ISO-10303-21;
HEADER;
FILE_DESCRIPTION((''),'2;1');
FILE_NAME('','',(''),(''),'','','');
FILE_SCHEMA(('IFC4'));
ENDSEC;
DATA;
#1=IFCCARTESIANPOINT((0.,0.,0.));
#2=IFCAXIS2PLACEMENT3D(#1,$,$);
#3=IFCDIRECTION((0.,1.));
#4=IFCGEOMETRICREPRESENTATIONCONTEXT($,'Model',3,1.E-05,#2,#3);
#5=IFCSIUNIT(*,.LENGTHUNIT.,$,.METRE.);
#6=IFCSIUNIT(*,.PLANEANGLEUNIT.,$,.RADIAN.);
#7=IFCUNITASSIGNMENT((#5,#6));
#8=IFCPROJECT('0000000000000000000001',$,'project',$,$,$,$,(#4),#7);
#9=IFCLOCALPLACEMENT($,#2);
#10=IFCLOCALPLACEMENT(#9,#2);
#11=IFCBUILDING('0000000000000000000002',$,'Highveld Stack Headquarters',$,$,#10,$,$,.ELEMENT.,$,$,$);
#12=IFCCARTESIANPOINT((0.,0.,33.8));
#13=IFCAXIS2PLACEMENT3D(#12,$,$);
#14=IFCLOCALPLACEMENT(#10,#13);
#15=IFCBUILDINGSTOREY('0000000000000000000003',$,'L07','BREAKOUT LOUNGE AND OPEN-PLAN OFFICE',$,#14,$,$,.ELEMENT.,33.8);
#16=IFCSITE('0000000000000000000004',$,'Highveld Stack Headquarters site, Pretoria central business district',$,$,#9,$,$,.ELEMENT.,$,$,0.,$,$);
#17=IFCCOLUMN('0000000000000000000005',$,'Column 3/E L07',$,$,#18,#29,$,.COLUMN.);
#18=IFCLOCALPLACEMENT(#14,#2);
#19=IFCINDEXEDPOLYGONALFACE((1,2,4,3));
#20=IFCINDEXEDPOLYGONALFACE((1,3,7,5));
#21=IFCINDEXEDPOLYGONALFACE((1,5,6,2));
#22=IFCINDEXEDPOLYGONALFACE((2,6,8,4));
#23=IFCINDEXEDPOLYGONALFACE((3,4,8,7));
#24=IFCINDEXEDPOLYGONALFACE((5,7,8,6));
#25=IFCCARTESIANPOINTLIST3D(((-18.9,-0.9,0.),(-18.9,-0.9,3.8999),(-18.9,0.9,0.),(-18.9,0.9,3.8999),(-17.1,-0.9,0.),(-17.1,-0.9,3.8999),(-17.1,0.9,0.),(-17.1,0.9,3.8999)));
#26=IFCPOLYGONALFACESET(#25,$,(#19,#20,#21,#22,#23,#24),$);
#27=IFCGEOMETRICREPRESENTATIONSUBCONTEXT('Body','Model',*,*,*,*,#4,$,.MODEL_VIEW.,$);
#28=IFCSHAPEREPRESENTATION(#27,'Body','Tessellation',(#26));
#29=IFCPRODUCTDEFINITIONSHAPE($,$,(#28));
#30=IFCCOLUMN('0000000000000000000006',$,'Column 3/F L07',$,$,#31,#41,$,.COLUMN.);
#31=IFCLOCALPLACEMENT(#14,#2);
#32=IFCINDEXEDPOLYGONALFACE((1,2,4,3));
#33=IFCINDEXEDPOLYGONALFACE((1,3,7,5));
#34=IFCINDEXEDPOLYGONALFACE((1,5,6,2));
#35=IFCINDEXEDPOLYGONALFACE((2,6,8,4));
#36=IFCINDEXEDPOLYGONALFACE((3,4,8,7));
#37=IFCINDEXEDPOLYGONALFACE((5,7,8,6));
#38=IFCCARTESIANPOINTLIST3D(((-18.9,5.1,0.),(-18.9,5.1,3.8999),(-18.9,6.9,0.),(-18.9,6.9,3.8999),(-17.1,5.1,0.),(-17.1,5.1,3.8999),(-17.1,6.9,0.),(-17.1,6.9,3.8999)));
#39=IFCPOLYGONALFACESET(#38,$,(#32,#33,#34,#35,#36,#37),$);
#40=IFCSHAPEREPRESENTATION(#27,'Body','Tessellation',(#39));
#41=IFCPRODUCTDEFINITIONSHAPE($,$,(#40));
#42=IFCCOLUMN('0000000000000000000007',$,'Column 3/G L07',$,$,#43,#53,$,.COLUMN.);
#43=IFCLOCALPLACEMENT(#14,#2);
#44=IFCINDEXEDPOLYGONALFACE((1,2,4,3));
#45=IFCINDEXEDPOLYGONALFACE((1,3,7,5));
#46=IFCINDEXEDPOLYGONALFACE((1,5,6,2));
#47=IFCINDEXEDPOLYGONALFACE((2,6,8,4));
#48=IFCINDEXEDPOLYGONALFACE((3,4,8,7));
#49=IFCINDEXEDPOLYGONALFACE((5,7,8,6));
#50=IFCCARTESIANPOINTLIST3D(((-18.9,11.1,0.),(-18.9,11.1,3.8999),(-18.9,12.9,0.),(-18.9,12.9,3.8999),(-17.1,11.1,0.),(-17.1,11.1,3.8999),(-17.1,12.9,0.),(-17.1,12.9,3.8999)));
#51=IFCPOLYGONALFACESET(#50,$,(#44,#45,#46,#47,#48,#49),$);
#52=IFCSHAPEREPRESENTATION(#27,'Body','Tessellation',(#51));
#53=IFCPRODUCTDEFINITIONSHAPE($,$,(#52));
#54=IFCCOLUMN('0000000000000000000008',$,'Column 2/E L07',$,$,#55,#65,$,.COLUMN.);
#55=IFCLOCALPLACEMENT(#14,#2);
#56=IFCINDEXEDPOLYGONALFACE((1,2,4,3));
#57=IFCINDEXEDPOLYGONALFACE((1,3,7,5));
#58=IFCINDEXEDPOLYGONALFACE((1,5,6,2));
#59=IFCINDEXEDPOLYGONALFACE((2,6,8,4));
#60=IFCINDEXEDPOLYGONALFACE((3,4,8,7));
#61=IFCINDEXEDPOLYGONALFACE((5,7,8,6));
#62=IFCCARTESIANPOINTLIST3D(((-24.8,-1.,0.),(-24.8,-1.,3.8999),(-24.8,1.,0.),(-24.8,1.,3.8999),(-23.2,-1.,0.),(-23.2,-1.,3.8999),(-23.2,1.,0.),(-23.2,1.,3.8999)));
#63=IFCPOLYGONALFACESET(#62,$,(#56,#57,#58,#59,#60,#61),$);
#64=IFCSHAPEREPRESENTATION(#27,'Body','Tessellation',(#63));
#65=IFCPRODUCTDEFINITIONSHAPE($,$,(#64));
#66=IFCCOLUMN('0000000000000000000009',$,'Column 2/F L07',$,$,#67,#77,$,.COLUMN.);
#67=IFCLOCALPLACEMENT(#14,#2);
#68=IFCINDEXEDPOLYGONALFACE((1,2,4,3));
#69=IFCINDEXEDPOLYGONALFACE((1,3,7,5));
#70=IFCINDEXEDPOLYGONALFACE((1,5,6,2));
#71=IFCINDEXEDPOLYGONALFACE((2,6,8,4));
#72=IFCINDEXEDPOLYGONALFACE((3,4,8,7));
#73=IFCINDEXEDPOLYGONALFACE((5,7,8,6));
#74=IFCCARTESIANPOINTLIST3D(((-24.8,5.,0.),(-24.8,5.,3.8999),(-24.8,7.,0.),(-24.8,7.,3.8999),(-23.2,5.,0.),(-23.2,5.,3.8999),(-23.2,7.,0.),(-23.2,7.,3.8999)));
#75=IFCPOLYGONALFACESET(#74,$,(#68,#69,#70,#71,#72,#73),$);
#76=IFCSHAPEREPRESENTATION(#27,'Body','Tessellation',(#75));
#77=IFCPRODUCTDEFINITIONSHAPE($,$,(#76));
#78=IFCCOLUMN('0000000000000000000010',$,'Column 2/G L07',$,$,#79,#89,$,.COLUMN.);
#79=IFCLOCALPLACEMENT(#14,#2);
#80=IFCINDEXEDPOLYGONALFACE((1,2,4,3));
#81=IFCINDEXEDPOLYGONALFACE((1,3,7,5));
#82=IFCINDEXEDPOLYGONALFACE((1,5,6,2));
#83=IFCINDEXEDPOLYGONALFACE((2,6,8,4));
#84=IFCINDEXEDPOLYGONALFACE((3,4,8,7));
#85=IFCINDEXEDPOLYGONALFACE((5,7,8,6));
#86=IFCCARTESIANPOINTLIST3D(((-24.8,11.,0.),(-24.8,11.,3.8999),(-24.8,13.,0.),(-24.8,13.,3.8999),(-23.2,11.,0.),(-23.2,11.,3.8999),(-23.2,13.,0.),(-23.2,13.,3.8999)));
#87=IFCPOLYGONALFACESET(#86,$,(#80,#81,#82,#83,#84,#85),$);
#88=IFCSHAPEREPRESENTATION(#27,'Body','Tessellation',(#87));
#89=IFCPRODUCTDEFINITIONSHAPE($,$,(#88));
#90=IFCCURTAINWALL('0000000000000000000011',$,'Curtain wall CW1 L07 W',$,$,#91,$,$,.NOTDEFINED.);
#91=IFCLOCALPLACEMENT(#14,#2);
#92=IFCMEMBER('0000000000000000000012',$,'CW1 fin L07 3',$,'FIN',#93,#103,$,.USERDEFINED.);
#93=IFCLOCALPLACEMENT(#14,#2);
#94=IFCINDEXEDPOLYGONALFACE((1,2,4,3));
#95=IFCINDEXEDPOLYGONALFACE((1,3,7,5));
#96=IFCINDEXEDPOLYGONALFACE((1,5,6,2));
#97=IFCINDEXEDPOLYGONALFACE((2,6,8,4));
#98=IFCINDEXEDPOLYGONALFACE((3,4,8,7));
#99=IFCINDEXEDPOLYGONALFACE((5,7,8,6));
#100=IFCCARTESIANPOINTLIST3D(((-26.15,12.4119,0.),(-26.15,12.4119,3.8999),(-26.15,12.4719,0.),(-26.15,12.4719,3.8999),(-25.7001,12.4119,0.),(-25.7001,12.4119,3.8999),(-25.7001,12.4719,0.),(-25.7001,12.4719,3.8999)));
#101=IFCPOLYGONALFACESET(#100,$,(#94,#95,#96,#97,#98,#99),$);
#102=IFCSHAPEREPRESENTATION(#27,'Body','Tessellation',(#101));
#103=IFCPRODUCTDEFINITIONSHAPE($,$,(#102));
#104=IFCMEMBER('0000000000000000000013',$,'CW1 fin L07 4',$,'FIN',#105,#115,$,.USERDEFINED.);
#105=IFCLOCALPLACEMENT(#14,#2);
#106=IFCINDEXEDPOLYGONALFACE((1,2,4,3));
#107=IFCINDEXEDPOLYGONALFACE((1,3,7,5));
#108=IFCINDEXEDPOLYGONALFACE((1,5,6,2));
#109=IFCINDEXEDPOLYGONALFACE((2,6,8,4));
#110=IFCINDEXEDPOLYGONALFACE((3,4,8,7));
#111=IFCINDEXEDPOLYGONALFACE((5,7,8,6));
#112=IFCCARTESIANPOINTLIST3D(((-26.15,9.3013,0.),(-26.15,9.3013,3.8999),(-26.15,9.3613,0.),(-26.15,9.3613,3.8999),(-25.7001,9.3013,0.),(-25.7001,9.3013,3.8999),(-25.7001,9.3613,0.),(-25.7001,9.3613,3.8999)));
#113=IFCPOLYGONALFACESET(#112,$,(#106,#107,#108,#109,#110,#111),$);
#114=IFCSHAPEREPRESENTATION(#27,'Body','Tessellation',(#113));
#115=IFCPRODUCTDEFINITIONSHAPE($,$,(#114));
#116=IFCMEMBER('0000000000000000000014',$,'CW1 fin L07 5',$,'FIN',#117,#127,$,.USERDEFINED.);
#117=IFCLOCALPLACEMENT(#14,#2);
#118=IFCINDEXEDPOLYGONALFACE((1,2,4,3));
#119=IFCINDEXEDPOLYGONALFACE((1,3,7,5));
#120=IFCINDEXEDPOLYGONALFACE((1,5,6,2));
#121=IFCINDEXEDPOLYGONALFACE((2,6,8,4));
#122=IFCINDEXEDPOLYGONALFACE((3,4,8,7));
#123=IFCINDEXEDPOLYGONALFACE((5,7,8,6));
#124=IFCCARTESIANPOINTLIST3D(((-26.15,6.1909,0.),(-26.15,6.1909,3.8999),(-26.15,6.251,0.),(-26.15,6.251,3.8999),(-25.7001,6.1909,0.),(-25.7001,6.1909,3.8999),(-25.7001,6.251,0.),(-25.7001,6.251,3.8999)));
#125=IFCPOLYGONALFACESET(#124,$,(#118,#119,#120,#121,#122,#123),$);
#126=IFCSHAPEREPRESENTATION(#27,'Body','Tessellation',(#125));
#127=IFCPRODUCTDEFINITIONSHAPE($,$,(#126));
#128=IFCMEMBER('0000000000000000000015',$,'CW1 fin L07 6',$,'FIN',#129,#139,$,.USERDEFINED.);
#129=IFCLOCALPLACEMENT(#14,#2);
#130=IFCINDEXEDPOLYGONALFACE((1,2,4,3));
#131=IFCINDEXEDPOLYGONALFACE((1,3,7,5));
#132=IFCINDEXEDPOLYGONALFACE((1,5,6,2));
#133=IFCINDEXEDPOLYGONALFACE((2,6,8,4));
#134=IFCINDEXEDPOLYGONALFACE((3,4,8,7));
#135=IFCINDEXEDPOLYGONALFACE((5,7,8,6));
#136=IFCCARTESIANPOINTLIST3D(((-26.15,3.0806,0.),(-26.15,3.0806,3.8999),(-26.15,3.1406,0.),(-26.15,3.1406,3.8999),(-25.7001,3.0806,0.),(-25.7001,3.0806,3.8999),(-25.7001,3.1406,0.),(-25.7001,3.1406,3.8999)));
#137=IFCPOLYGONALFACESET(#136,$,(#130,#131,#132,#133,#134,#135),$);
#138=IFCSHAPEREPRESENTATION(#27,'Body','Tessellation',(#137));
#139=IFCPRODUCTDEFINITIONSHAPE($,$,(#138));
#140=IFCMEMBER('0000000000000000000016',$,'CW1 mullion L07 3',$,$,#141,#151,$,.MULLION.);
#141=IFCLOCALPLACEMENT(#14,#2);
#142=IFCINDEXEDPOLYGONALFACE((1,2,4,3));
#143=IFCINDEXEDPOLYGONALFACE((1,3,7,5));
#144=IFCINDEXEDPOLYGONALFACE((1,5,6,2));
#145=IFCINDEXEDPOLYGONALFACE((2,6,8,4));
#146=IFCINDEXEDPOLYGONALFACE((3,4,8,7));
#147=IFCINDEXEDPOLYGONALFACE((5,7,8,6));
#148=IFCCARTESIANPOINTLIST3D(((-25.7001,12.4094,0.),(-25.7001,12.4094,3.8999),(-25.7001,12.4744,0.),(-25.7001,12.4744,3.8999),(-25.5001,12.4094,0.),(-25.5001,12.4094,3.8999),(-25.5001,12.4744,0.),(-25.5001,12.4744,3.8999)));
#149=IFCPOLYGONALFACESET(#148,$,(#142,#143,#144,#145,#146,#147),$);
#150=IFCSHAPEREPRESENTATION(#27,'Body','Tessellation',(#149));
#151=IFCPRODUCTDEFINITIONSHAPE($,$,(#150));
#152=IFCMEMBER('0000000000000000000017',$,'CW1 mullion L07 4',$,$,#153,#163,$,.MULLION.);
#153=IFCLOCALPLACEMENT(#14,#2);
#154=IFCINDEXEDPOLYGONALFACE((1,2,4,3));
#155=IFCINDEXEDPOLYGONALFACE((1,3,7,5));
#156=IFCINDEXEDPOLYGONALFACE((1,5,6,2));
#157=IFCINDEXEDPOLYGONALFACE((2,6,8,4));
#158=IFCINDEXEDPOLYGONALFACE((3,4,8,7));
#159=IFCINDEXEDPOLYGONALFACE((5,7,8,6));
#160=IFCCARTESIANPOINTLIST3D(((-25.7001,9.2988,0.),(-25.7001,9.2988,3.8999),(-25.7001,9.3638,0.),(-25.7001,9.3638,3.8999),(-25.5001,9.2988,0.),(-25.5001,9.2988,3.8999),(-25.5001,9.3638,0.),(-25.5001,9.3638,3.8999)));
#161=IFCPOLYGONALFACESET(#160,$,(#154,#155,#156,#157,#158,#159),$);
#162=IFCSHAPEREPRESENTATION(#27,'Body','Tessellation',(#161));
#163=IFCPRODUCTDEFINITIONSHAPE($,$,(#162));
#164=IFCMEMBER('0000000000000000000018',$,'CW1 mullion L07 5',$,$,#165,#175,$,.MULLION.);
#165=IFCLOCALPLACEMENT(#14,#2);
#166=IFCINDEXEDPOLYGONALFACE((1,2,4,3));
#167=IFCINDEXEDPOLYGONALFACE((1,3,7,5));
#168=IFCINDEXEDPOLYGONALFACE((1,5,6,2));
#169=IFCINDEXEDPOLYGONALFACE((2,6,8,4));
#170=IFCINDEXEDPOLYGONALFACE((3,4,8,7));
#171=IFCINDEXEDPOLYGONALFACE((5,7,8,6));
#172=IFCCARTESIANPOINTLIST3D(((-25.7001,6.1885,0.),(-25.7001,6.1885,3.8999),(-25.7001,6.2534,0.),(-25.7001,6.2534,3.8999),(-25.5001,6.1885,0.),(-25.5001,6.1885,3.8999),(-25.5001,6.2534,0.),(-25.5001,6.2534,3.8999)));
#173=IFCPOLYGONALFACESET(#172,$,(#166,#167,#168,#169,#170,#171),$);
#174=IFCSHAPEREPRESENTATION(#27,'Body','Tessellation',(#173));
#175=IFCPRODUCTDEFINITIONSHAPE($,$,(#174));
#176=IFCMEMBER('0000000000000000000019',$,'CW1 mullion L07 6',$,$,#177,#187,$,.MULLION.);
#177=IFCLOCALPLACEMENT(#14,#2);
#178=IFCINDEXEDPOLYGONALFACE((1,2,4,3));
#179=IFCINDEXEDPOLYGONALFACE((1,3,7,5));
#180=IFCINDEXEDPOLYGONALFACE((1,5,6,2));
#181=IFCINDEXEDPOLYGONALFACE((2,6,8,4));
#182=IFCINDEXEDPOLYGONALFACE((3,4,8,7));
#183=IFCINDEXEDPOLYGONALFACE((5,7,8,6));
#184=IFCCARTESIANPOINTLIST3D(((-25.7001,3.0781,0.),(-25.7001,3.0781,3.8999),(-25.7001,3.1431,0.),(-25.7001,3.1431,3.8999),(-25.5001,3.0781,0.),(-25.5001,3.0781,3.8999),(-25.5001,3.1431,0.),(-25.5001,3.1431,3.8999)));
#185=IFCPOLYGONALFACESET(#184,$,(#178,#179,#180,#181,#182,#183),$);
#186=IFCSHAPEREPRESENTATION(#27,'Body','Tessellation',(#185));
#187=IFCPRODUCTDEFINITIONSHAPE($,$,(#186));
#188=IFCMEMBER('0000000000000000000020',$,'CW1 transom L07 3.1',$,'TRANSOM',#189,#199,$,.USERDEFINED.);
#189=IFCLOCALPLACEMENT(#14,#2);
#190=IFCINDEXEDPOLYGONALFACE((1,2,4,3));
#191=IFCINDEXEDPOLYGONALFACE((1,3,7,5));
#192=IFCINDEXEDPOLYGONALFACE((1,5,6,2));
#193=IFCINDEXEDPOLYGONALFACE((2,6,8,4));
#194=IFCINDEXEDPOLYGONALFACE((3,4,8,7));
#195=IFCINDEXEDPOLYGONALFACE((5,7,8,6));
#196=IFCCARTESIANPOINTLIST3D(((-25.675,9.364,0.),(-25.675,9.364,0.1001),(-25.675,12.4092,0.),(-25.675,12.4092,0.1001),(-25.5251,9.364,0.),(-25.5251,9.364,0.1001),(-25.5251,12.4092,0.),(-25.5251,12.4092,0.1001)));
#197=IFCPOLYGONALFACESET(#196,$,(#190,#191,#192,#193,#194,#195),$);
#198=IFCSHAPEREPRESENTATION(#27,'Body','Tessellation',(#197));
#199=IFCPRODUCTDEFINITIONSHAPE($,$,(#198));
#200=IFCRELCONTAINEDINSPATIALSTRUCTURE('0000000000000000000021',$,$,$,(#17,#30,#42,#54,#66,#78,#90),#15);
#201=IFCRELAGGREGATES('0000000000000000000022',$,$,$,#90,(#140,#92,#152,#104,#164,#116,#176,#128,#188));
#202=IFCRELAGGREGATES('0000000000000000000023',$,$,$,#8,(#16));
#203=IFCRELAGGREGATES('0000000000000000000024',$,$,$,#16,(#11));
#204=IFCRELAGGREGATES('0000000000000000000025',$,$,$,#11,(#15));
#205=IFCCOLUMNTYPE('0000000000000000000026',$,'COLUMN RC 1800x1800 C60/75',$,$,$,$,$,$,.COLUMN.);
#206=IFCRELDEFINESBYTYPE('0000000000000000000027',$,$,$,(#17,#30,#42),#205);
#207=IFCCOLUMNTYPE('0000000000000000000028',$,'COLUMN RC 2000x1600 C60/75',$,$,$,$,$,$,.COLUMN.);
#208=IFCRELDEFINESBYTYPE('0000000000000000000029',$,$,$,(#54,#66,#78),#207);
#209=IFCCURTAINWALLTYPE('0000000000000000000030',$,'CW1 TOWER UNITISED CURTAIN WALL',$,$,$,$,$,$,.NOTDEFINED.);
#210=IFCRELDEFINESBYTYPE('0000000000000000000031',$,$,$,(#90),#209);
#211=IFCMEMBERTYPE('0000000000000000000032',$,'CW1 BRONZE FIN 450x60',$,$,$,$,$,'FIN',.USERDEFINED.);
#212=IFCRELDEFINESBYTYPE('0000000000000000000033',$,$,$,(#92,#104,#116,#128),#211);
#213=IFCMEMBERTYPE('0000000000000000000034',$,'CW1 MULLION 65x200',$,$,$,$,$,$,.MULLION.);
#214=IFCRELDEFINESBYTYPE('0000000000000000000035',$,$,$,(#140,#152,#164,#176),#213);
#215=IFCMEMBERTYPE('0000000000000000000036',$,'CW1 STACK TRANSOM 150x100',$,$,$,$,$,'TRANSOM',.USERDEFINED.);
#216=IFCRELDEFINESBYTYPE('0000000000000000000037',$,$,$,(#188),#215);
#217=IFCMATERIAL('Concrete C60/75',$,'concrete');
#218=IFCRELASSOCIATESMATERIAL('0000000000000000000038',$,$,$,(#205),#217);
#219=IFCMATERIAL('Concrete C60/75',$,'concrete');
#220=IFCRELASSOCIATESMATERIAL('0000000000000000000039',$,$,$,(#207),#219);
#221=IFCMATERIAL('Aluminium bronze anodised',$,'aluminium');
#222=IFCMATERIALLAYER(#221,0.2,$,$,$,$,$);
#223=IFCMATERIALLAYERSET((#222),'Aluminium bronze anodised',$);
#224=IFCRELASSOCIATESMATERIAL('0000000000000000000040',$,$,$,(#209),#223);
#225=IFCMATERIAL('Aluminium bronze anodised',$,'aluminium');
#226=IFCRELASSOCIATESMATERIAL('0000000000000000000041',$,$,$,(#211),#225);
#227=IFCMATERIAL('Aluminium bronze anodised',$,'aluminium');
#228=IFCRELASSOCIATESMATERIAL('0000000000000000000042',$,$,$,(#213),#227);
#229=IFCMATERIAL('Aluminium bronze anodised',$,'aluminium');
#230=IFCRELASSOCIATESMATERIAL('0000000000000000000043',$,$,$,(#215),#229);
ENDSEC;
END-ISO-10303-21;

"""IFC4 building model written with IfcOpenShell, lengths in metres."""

from ifc_helpers import new_model, si_unit, direction, frame, origin, origin_2d, place, context, subcontext, project, spatial, rectangle, extrude, material, layer, layer_set, material_profile, profile_set, type_object, element, aggregate, save


model = new_model("IFC4")

# Units and contexts
model_context = context("Model", 3, precision=1e-05, world=origin(), true_north=direction((0.0, 1.0)))
body_context = subcontext(model_context, "Body", "Model", "MODEL_VIEW")
ifc_project = project(units=[si_unit("LENGTHUNIT", "METRE"), si_unit("PLANEANGLEUNIT", "RADIAN")], contexts=[model_context])

# Site, building, storey
site_placement = place(None, origin())
site = spatial("IfcSite", under=ifc_project, at=site_placement, Name="Highveld Stack Headquarters site, Pretoria central business district", CompositionType="ELEMENT", RefElevation=0.0)
building_placement = place(site_placement, origin())
building = spatial("IfcBuilding", under=site, at=building_placement, Name="Highveld Stack Headquarters", CompositionType="ELEMENT")
storey_placement = place(building_placement, frame((0.0, 0.0, 33.8)))
storey = spatial("IfcBuildingStorey", under=building, at=storey_placement, Name="L07", Description="BREAKOUT LOUNGE AND OPEN-PLAN OFFICE", CompositionType="ELEMENT", Elevation=33.8)

# Columns
ifc_material_1 = material(Name="Concrete C60/75", Category="concrete")
ifc_material_profile_1 = material_profile(ifc_material_1, rectangle(XDim=1.8, YDim=1.8, at=origin_2d()), Name="RC 1800x1800")
ifc_profile_set_1 = profile_set([ifc_material_profile_1], Name="Concrete C60/75")
column_type_1 = type_object("IfcColumnType", Name="COLUMN RC 1800x1800 C60/75", PredefinedType="COLUMN", material=ifc_profile_set_1)
for number, where, z_axis, x_axis, name in (
    (1, (-18.0, 0.0, 0.0), (0.0, 0.0, 1.0), (1.0, 0.0, 0.0), "Column 3/E L07"),
    (2, (-18.0, 6.0, 0.0), (0.0, 0.0, 1.0), (1.0, 0.0, 0.0), "Column 3/F L07"),
    (3, (-18.0, 12.0, 0.0), (0.0, 0.0, 1.0), (1.0, 0.0, 0.0), "Column 3/G L07"),
):
    element("IfcColumn", number, at=place(storey_placement, frame(where, z_axis=z_axis, x_axis=x_axis)), inside=storey, type_object=column_type_1, Name=name, PredefinedType="COLUMN", context=body_context, shape_type="SweptSolid", body=[
        extrude(rectangle(XDim=1.8, YDim=1.8, at=origin_2d()), origin(), (0.0, 0.0, 1.0), 3.8999),
    ])
ifc_material_2 = material(Name="Concrete C60/75", Category="concrete")
ifc_material_profile_2 = material_profile(ifc_material_2, rectangle(XDim=2.0, YDim=1.6001, at=origin_2d()), Name="RC 2000x1600")
ifc_profile_set_2 = profile_set([ifc_material_profile_2], Name="Concrete C60/75")
column_type_2 = type_object("IfcColumnType", Name="COLUMN RC 2000x1600 C60/75", PredefinedType="COLUMN", material=ifc_profile_set_2)
for number, where, z_axis, x_axis, name in (
    (4, (-24.0, 0.0, 0.0), (0.0, 0.0, 1.0), (0.0, 1.0, 0.0), "Column 2/E L07"),
    (5, (-24.0, 6.0, 0.0), (0.0, 0.0, 1.0), (0.0, 1.0, 0.0), "Column 2/F L07"),
    (6, (-24.0, 12.0, 0.0), (0.0, 0.0, 1.0), (0.0, 1.0, 0.0), "Column 2/G L07"),
):
    element("IfcColumn", number, at=place(storey_placement, frame(where, z_axis=z_axis, x_axis=x_axis)), inside=storey, type_object=column_type_2, Name=name, PredefinedType="COLUMN", context=body_context, shape_type="SweptSolid", body=[
        extrude(rectangle(XDim=2.0, YDim=1.6001, at=origin_2d()), origin(), (0.0, 0.0, 1.0), 3.8999),
    ])

# Curtain wall, members
ifc_material_3 = material(Name="Aluminium bronze anodised", Category="aluminium")
ifc_layer_1 = layer(ifc_material_3, 0.2)
ifc_layer_set_1 = layer_set([ifc_layer_1], Name="Aluminium bronze anodised")
curtain_wall_type = type_object("IfcCurtainWallType", Name="CW1 TOWER UNITISED CURTAIN WALL", PredefinedType="NOTDEFINED", material=ifc_layer_set_1)
curtain_wall_placement = place(storey_placement, origin())
curtain_wall = element("IfcCurtainWall", 7, at=curtain_wall_placement, inside=storey, type_object=curtain_wall_type, Name="Curtain wall CW1 L07 W", PredefinedType="NOTDEFINED")
ifc_material_4 = material(Name="Aluminium bronze anodised", Category="aluminium")
ifc_material_profile_3 = material_profile(ifc_material_4, rectangle(XDim=0.45, YDim=0.0601, at=origin_2d()), Name="FIN 450x60")
ifc_profile_set_3 = profile_set([ifc_material_profile_3], Name="Aluminium bronze anodised")
member_type_1 = type_object("IfcMemberType", Name="CW1 BRONZE FIN 450x60", ElementType="FIN", PredefinedType="USERDEFINED", material=ifc_profile_set_3)
member_1_placement = place(storey_placement, frame((-25.925, 12.4419, 0.0), z_axis=(0.0, 0.0, 1.0), x_axis=(1.0, 0.0, 0.0)))
member_1 = element("IfcMember", 8, at=member_1_placement, type_object=member_type_1, Name="CW1 fin L07 3", ObjectType="FIN", PredefinedType="USERDEFINED", context=body_context, shape_type="SweptSolid", body=[
    extrude(rectangle(XDim=0.45, YDim=0.0601, at=origin_2d()), origin(), (0.0, 0.0, 1.0), 3.8999),
])
member_2_placement = place(storey_placement, frame((-25.925, 9.3313, 0.0), z_axis=(0.0, 0.0, 1.0), x_axis=(1.0, 0.0, 0.0)))
member_2 = element("IfcMember", 9, at=member_2_placement, type_object=member_type_1, Name="CW1 fin L07 4", ObjectType="FIN", PredefinedType="USERDEFINED", context=body_context, shape_type="SweptSolid", body=[
    extrude(rectangle(XDim=0.45, YDim=0.0601, at=origin_2d()), origin(), (0.0, 0.0, 1.0), 3.8999),
])
member_3_placement = place(storey_placement, frame((-25.925, 6.2209, 0.0), z_axis=(0.0, 0.0, 1.0), x_axis=(1.0, 0.0, 0.0)))
member_3 = element("IfcMember", 10, at=member_3_placement, type_object=member_type_1, Name="CW1 fin L07 5", ObjectType="FIN", PredefinedType="USERDEFINED", context=body_context, shape_type="SweptSolid", body=[
    extrude(rectangle(XDim=0.45, YDim=0.0601, at=origin_2d()), origin(), (0.0, 0.0, 1.0), 3.8999),
])
member_4_placement = place(storey_placement, frame((-25.925, 3.1106, 0.0), z_axis=(0.0, 0.0, 1.0), x_axis=(1.0, 0.0, 0.0)))
member_4 = element("IfcMember", 11, at=member_4_placement, type_object=member_type_1, Name="CW1 fin L07 6", ObjectType="FIN", PredefinedType="USERDEFINED", context=body_context, shape_type="SweptSolid", body=[
    extrude(rectangle(XDim=0.45, YDim=0.0601, at=origin_2d()), origin(), (0.0, 0.0, 1.0), 3.8999),
])
ifc_material_5 = material(Name="Aluminium bronze anodised", Category="aluminium")
ifc_material_profile_4 = material_profile(ifc_material_5, rectangle(XDim=0.2, YDim=0.0649, at=origin_2d()), Name="CW1 MULLION 65x200")
ifc_profile_set_4 = profile_set([ifc_material_profile_4], Name="Aluminium bronze anodised")
member_type_2 = type_object("IfcMemberType", Name="CW1 MULLION 65x200", PredefinedType="MULLION", material=ifc_profile_set_4)
member_5_placement = place(storey_placement, frame((-25.6001, 12.4419, 0.0), z_axis=(0.0, 0.0, 1.0), x_axis=(1.0, 0.0, 0.0)))
member_5 = element("IfcMember", 12, at=member_5_placement, type_object=member_type_2, Name="CW1 mullion L07 3", PredefinedType="MULLION", context=body_context, shape_type="SweptSolid", body=[
    extrude(rectangle(XDim=0.2, YDim=0.0649, at=origin_2d()), origin(), (0.0, 0.0, 1.0), 3.8999),
])
member_6_placement = place(storey_placement, frame((-25.6001, 9.3313, 0.0), z_axis=(0.0, 0.0, 1.0), x_axis=(1.0, 0.0, 0.0)))
member_6 = element("IfcMember", 13, at=member_6_placement, type_object=member_type_2, Name="CW1 mullion L07 4", PredefinedType="MULLION", context=body_context, shape_type="SweptSolid", body=[
    extrude(rectangle(XDim=0.2, YDim=0.0649, at=origin_2d()), origin(), (0.0, 0.0, 1.0), 3.8999),
])
member_7_placement = place(storey_placement, frame((-25.6001, 6.2209, 0.0), z_axis=(0.0, 0.0, 1.0), x_axis=(1.0, 0.0, 0.0)))
member_7 = element("IfcMember", 14, at=member_7_placement, type_object=member_type_2, Name="CW1 mullion L07 5", PredefinedType="MULLION", context=body_context, shape_type="SweptSolid", body=[
    extrude(rectangle(XDim=0.2, YDim=0.0649, at=origin_2d()), origin(), (0.0, 0.0, 1.0), 3.8999),
])
member_8_placement = place(storey_placement, frame((-25.6001, 3.1106, 0.0), z_axis=(0.0, 0.0, 1.0), x_axis=(1.0, 0.0, 0.0)))
member_8 = element("IfcMember", 15, at=member_8_placement, type_object=member_type_2, Name="CW1 mullion L07 6", PredefinedType="MULLION", context=body_context, shape_type="SweptSolid", body=[
    extrude(rectangle(XDim=0.2, YDim=0.0649, at=origin_2d()), origin(), (0.0, 0.0, 1.0), 3.8999),
])
ifc_material_6 = material(Name="Aluminium bronze anodised", Category="aluminium")
ifc_material_profile_5 = material_profile(ifc_material_6, rectangle(XDim=0.1499, YDim=0.1001, at=origin_2d()), Name="CW1 TRANSOM 150x100")
ifc_profile_set_5 = profile_set([ifc_material_profile_5], Name="Aluminium bronze anodised")
member_type_3 = type_object("IfcMemberType", Name="CW1 STACK TRANSOM 150x100", ElementType="TRANSOM", PredefinedType="USERDEFINED", material=ifc_profile_set_5)
member_9_placement = place(storey_placement, frame((-25.6001, 12.4092, 0.05), z_axis=(0.0, -1.0, 0.0), x_axis=(1.0, 0.0, 0.0)))
member_9 = element("IfcMember", 16, at=member_9_placement, type_object=member_type_3, Name="CW1 transom L07 3.1", ObjectType="TRANSOM", PredefinedType="USERDEFINED", context=body_context, shape_type="SweptSolid", body=[
    extrude(rectangle(XDim=0.1499, YDim=0.1001, at=origin_2d()), origin(), (0.0, 0.0, 1.0), 3.0452),
])
aggregate(curtain_wall, [member_5, member_1, member_6, member_2, member_7, member_3, member_8, member_4, member_9])

save(model, "model.ifc")
